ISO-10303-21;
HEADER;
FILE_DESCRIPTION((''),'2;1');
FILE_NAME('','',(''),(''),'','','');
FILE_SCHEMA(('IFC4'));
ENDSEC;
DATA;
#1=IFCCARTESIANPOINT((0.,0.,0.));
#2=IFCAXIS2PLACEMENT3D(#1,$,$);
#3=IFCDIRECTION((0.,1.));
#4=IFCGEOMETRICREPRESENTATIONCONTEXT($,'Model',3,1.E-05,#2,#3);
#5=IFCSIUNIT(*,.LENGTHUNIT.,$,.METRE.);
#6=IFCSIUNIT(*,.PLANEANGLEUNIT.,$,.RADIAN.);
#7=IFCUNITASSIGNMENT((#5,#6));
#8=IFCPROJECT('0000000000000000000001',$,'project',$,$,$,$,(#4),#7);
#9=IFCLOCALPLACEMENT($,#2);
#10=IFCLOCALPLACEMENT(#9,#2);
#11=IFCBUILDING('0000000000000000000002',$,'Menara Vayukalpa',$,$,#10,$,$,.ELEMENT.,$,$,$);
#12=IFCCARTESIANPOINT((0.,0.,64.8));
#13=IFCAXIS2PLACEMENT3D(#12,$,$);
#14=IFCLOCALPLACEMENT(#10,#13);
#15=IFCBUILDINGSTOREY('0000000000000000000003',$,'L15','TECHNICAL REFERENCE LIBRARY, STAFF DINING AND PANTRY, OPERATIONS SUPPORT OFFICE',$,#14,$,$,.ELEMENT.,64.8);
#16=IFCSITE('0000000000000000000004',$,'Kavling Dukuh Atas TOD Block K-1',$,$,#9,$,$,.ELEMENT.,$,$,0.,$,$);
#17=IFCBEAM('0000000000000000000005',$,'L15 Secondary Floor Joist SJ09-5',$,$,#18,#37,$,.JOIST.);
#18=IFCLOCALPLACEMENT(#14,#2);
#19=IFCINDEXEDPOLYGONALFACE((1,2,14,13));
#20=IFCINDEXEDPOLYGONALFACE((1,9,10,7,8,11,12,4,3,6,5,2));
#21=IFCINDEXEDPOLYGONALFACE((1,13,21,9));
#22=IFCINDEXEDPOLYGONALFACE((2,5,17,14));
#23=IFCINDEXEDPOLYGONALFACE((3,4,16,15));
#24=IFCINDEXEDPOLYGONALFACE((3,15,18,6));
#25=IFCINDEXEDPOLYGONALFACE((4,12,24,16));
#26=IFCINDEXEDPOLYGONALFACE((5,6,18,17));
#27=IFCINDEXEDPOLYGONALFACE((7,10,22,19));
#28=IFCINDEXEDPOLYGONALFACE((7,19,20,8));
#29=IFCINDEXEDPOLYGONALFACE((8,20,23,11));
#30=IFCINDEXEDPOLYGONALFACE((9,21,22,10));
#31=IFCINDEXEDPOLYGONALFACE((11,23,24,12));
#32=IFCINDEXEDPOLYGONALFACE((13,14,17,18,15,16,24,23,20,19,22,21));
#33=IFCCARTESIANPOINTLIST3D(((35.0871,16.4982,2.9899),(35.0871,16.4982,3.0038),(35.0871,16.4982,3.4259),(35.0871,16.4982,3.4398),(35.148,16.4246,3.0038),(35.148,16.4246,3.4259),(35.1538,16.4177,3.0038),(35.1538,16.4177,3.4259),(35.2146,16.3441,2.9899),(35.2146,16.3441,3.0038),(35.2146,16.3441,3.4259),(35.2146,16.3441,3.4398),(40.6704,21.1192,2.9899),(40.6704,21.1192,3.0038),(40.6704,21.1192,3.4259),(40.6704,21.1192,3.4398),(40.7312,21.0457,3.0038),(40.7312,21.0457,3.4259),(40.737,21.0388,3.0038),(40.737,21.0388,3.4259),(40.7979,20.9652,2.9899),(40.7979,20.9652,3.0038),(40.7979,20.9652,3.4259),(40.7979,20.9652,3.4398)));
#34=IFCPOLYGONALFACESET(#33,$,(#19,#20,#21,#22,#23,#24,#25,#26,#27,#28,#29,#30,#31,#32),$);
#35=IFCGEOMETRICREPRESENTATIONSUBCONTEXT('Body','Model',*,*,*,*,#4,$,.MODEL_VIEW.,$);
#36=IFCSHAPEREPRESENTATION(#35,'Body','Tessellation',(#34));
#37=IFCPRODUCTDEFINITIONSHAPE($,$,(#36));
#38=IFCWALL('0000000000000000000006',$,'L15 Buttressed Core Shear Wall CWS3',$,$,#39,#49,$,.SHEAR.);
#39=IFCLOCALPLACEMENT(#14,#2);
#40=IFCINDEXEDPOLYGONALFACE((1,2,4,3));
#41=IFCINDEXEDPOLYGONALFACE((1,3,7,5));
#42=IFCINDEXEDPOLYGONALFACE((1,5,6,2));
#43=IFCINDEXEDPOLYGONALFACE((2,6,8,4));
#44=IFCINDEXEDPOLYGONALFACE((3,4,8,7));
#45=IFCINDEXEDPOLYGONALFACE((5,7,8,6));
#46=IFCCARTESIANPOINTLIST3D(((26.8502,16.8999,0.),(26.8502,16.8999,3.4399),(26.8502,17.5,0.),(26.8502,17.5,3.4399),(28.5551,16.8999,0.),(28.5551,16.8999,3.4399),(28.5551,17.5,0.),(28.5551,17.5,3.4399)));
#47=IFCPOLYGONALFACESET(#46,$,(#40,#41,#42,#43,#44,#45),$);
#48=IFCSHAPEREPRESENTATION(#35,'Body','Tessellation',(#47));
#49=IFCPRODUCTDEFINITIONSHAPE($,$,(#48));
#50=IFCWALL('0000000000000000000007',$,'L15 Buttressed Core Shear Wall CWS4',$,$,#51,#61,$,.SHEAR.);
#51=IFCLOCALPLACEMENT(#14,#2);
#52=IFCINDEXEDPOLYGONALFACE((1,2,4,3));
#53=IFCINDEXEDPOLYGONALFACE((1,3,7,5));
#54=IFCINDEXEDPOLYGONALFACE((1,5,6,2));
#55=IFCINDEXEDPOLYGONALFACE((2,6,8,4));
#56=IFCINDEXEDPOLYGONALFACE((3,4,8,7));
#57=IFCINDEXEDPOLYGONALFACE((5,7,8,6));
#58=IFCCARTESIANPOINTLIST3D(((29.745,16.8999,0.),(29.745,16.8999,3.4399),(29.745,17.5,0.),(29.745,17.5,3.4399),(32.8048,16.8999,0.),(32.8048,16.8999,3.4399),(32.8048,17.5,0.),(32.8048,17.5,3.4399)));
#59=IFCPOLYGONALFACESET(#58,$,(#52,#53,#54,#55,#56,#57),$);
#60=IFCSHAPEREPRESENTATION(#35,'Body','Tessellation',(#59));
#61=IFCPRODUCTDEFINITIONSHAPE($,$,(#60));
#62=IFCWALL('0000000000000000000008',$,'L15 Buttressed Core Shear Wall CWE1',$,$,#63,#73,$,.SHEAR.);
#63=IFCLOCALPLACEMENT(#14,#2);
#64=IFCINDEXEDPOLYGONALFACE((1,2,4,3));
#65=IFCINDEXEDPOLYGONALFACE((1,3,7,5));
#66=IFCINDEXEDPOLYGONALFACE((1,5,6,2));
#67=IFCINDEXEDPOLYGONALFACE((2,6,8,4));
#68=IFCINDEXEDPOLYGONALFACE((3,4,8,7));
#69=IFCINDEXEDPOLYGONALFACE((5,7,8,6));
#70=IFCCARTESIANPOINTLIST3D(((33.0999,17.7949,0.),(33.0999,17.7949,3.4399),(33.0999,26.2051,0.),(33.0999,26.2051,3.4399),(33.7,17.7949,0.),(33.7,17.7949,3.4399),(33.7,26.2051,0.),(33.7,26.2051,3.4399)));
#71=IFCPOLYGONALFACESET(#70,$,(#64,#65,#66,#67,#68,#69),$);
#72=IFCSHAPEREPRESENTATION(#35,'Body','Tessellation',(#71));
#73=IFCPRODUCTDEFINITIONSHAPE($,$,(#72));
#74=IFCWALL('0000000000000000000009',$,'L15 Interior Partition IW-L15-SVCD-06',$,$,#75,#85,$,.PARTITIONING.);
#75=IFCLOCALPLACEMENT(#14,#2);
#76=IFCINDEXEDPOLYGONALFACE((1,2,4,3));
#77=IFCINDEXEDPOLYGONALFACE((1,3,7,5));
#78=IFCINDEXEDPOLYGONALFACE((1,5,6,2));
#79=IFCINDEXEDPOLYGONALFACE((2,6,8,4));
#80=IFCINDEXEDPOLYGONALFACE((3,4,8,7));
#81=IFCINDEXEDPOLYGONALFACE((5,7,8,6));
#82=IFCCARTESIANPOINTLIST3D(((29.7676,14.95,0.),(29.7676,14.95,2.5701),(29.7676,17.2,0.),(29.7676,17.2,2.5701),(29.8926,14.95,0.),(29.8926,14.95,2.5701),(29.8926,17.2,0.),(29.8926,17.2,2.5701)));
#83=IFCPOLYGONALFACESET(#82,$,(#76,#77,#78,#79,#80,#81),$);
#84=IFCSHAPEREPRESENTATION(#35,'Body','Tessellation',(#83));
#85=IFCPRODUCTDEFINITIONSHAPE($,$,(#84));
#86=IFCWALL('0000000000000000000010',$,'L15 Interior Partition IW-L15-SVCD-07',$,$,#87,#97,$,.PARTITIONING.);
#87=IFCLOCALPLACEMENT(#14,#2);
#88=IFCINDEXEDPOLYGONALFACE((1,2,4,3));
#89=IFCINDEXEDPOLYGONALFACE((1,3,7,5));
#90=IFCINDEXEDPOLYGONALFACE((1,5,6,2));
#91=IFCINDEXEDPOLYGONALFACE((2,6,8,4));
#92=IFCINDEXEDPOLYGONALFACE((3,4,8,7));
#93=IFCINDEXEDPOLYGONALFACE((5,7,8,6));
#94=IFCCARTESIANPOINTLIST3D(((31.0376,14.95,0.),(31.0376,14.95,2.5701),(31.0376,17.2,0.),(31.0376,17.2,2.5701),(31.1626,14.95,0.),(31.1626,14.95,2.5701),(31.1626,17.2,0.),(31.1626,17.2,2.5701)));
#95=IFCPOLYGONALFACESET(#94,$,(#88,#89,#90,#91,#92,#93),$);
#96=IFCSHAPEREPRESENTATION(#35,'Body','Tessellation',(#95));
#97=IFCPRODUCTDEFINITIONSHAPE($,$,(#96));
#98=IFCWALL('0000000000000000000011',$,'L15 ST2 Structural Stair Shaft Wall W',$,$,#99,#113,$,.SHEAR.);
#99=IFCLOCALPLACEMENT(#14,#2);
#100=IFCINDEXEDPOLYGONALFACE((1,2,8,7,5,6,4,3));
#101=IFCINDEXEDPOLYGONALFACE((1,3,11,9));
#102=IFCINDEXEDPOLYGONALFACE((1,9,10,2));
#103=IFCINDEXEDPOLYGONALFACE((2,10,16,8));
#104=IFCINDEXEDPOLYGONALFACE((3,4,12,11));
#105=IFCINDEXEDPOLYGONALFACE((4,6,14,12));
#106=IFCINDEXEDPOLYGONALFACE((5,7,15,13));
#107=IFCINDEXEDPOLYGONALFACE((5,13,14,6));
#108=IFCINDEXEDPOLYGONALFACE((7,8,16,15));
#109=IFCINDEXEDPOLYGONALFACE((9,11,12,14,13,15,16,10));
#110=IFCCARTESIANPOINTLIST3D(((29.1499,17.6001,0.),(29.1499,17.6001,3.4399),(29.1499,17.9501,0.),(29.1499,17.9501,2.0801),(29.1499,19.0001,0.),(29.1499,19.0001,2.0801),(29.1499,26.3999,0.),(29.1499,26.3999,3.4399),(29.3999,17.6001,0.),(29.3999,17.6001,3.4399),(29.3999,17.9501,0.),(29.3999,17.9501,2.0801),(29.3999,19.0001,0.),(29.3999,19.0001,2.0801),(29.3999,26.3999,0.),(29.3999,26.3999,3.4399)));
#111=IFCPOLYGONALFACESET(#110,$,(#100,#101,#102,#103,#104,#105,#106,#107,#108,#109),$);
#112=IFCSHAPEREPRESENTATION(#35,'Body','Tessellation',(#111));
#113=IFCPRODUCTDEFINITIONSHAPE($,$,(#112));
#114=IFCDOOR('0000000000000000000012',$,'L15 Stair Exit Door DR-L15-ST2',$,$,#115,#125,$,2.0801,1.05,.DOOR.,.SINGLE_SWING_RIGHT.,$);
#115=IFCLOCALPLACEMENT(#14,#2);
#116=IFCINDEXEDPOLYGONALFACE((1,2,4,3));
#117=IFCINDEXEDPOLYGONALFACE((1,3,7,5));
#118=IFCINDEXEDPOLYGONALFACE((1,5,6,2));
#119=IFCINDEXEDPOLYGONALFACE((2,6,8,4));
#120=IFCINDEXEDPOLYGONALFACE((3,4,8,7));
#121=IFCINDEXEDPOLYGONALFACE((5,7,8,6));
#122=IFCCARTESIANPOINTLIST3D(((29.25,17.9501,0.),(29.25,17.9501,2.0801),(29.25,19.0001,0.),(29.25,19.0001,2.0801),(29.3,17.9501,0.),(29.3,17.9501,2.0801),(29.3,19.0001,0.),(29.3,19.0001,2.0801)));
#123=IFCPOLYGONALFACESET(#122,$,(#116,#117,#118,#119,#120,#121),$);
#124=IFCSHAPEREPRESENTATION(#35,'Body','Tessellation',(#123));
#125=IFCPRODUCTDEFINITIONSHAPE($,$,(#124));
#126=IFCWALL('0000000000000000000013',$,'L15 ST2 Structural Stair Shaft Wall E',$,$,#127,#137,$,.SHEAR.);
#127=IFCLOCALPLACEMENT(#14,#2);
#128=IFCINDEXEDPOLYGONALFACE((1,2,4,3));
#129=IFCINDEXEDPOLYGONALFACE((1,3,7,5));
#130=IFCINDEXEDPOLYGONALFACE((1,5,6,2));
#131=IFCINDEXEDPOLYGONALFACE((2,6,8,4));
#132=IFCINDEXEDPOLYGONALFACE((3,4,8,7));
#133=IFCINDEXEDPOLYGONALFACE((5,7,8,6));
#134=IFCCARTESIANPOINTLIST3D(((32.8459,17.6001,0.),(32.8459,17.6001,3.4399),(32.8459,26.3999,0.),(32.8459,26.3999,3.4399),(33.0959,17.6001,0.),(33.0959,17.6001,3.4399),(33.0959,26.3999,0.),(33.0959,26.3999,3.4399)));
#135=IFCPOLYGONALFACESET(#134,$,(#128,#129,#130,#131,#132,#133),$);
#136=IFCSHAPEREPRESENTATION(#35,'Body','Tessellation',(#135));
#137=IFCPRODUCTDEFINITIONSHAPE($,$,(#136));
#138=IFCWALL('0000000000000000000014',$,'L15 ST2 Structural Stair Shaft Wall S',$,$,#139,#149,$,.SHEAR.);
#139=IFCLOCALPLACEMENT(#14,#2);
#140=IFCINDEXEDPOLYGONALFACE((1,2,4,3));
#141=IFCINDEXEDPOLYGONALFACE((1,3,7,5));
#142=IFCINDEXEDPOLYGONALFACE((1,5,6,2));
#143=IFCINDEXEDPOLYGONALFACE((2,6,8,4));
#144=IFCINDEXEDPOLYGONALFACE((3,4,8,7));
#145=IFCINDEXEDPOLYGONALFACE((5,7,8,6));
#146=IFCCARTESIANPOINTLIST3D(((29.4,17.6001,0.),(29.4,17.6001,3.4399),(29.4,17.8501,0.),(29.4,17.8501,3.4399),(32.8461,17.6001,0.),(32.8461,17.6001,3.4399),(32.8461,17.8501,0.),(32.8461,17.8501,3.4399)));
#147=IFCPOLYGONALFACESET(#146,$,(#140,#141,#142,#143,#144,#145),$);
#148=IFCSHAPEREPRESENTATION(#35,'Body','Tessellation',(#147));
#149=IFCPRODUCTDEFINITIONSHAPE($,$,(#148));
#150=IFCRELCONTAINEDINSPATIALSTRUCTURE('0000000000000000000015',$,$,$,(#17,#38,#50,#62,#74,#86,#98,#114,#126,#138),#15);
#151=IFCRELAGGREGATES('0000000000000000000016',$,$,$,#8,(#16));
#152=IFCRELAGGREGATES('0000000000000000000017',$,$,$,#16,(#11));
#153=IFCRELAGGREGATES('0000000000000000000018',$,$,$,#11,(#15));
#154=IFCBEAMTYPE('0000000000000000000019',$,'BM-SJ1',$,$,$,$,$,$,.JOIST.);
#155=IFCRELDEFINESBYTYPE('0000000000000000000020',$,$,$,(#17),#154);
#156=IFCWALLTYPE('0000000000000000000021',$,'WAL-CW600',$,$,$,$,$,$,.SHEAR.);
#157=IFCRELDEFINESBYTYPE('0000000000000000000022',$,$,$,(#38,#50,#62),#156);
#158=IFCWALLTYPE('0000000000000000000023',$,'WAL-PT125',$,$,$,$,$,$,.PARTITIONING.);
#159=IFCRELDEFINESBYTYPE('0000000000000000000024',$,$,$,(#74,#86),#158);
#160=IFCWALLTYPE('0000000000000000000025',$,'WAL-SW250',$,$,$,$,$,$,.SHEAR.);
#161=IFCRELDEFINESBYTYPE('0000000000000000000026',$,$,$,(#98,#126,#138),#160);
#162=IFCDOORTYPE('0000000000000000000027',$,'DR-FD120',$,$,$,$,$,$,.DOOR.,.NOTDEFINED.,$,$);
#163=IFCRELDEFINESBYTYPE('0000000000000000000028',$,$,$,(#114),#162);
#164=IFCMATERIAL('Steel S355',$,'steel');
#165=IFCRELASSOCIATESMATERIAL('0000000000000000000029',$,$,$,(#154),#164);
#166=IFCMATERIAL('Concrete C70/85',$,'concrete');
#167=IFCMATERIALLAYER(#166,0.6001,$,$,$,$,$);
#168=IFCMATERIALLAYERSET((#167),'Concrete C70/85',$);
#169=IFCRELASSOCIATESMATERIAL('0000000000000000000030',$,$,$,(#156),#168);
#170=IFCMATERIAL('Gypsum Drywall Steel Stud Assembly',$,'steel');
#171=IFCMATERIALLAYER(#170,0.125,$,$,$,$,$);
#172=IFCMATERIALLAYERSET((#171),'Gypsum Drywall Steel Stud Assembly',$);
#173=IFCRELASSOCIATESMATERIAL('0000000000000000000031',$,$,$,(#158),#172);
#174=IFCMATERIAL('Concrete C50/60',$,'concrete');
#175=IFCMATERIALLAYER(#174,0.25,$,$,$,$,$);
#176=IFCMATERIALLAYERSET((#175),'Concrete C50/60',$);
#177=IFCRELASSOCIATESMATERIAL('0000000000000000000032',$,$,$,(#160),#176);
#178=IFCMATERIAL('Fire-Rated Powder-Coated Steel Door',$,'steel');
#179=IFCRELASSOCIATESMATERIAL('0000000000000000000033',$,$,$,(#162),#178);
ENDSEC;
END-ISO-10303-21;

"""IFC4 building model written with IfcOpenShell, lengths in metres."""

from ifc_helpers import new_model, si_unit, direction, frame, frame_2d, origin, origin_2d, place, context, subcontext, project, spatial, rectangle, i_section, extrude, material, layer, layer_set, material_profile, profile_set, type_object, element, fill, save


model = new_model("IFC4")

# Units and contexts
model_context = context("Model", 3, precision=1e-05, world=origin(), true_north=direction((0.0, 1.0)))
body_context = subcontext(model_context, "Body", "Model", "MODEL_VIEW")
ifc_project = project(units=[si_unit("LENGTHUNIT", "METRE"), si_unit("PLANEANGLEUNIT", "RADIAN")], contexts=[model_context])

# Site, building, storey
site_placement = place(None, origin())
site = spatial("IfcSite", under=ifc_project, at=site_placement, Name="Kavling Dukuh Atas TOD Block K-1", CompositionType="ELEMENT", RefElevation=0.0)
building_placement = place(site_placement, origin())
building = spatial("IfcBuilding", under=site, at=building_placement, Name="Menara Vayukalpa", CompositionType="ELEMENT")
storey_placement = place(building_placement, frame((0.0, 0.0, 64.8)))
storey = spatial("IfcBuildingStorey", under=building, at=storey_placement, Name="L15", Description="TECHNICAL REFERENCE LIBRARY, STAFF DINING AND PANTRY, OPERATIONS SUPPORT OFFICE", CompositionType="ELEMENT", Elevation=64.8)

# Beam
ifc_material_1 = material(Name="Steel S355", Category="steel")
ifc_material_profile_1 = material_profile(ifc_material_1, i_section(OverallWidth=0.2, OverallDepth=0.45, WebThickness=0.009, FlangeThickness=0.0139, at=origin_2d()), Name="WF 450x200x9x14")
ifc_profile_set_1 = profile_set([ifc_material_profile_1], Name="Steel S355")
beam_type_1 = type_object("IfcBeamType", Name="BM-SJ1", PredefinedType="JOIST", material=ifc_profile_set_1)
beam_1_placement = place(storey_placement, frame((35.1509, 16.4211, 3.2148), z_axis=(0.770362, 0.637606, 0.0), x_axis=(-0.637606, 0.770362, 0.0)))
element("IfcBeam", 1, at=beam_1_placement, inside=storey, type_object=beam_type_1, Name="L15 Secondary Floor Joist SJ09-5", PredefinedType="JOIST", context=body_context, shape_type="SweptSolid", body=[
    extrude(i_section(OverallWidth=0.2, OverallDepth=0.45, WebThickness=0.009, FlangeThickness=0.0139, at=origin_2d()), origin(), (0.0, 0.0, 1.0), 7.2476),
])

# Walls
ifc_material_2 = material(Name="Concrete C70/85", Category="concrete")
ifc_layer_1 = layer(ifc_material_2, 0.6001)
ifc_layer_set_1 = layer_set([ifc_layer_1], Name="Concrete C70/85")
wall_type_1 = type_object("IfcWallType", Name="WAL-CW600", PredefinedType="SHEAR", material=ifc_layer_set_1)
wall_1_placement = place(storey_placement, frame((26.8501, 17.2, 0.0), z_axis=(0.0, 0.0, 1.0), x_axis=(1.0, 0.0, 0.0)))
element("IfcWall", 2, at=wall_1_placement, inside=storey, type_object=wall_type_1, Name="L15 Buttressed Core Shear Wall CWS3", PredefinedType="SHEAR", context=body_context, shape_type="SweptSolid", body=[
    extrude(rectangle(XDim=1.7048, YDim=0.6001, at=frame_2d((0.8525, 0.0))), origin(), (0.0, 0.0, 1.0), 3.4399),
])
wall_2_placement = place(storey_placement, frame((29.7451, 17.2, 0.0), z_axis=(0.0, 0.0, 1.0), x_axis=(1.0, 0.0, 0.0)))
element("IfcWall", 3, at=wall_2_placement, inside=storey, type_object=wall_type_1, Name="L15 Buttressed Core Shear Wall CWS4", PredefinedType="SHEAR", context=body_context, shape_type="SweptSolid", body=[
    extrude(rectangle(XDim=3.0598, YDim=0.6001, at=frame_2d((1.5298, 0.0))), origin(), (0.0, 0.0, 1.0), 3.4399),
])
wall_3_placement = place(storey_placement, frame((33.3999, 17.7949, 0.0), z_axis=(0.0, 0.0, 1.0), x_axis=(0.0, 1.0, 0.0)))
element("IfcWall", 4, at=wall_3_placement, inside=storey, type_object=wall_type_1, Name="L15 Buttressed Core Shear Wall CWE1", PredefinedType="SHEAR", context=body_context, shape_type="SweptSolid", body=[
    extrude(rectangle(XDim=8.4102, YDim=0.6001, at=frame_2d((4.2051, 0.0))), origin(), (0.0, 0.0, 1.0), 3.4399),
])
ifc_material_3 = material(Name="Gypsum Drywall Steel Stud Assembly", Category="steel")
ifc_layer_2 = layer(ifc_material_3, 0.125)
ifc_layer_set_2 = layer_set([ifc_layer_2], Name="Gypsum Drywall Steel Stud Assembly")
wall_type_2 = type_object("IfcWallType", Name="WAL-PT125", PredefinedType="PARTITIONING", material=ifc_layer_set_2)
for number, where, z_axis, x_axis, name in (
    (5, (29.8301, 14.95, 0.0), (0.0, 0.0, 1.0), (0.0, 1.0, 0.0), "L15 Interior Partition IW-L15-SVCD-06"),
    (6, (31.1001, 14.95, 0.0), (0.0, 0.0, 1.0), (0.0, 1.0, 0.0), "L15 Interior Partition IW-L15-SVCD-07"),
):
    element("IfcWall", number, at=place(storey_placement, frame(where, z_axis=z_axis, x_axis=x_axis)), inside=storey, type_object=wall_type_2, Name=name, PredefinedType="PARTITIONING", context=body_context, shape_type="SweptSolid", body=[
        extrude(rectangle(XDim=2.25, YDim=0.125, at=frame_2d((1.125, 0.0))), origin(), (0.0, 0.0, 1.0), 2.5701),
    ])

# Wall, opening, door
ifc_material_4 = material(Name="Concrete C50/60", Category="concrete")
ifc_layer_3 = layer(ifc_material_4, 0.25)
ifc_layer_set_3 = layer_set([ifc_layer_3], Name="Concrete C50/60")
wall_type_3 = type_object("IfcWallType", Name="WAL-SW250", PredefinedType="SHEAR", material=ifc_layer_set_3)
wall_4_placement = place(storey_placement, frame((29.2749, 17.6001, 0.0), z_axis=(0.0, 0.0, 1.0), x_axis=(0.0, 1.0, 0.0)))
wall_4 = element("IfcWall", 7, at=wall_4_placement, inside=storey, type_object=wall_type_3, Name="L15 ST2 Structural Stair Shaft Wall W", PredefinedType="SHEAR", context=body_context, shape_type="SweptSolid", body=[
    extrude(rectangle(XDim=8.7998, YDim=0.25, at=frame_2d((4.3999, 0.0))), origin(), (0.0, 0.0, 1.0), 3.4399),
])
opening_placement = place(wall_4_placement, frame((0.3501, 0.0, 0.0)))
opening = element("IfcOpeningElement", 8, at=opening_placement, cuts=wall_4, PredefinedType="OPENING", context=body_context, shape_type="SweptSolid", body=[
    extrude(rectangle(XDim=1.05, YDim=2.0801, at=frame_2d((0.5249, 1.04))), frame((0.0, 0.135, 0.0), z_axis=(0.0, -1.0, 0.0), x_axis=(1.0, 0.0, 0.0)), (0.0, 0.0, 1.0), 0.27),
])
ifc_material_5 = material(Name="Fire-Rated Powder-Coated Steel Door", Category="steel")
door_type = type_object("IfcDoorType", Name="DR-FD120", OperationType="NOTDEFINED", PredefinedType="DOOR", material=ifc_material_5)
door_placement = place(opening_placement, origin())
door = element("IfcDoor", 9, at=door_placement, inside=storey, type_object=door_type, Name="L15 Stair Exit Door DR-L15-ST2", OperationType="SINGLE_SWING_RIGHT", OverallHeight=2.0801, OverallWidth=1.05, PredefinedType="DOOR", context=body_context, shape_type="SweptSolid", body=[
    extrude(rectangle(XDim=1.05, YDim=2.0801, at=frame_2d((0.5249, 1.04))), frame((0.0, 0.0249, 0.0), z_axis=(0.0, -1.0, 0.0), x_axis=(1.0, 0.0, 0.0)), (0.0, 0.0, 1.0), 0.05),
])
fill(opening, door)

# Walls
wall_5_placement = place(storey_placement, frame((32.9709, 17.6001, 0.0), z_axis=(0.0, 0.0, 1.0), x_axis=(0.0, 1.0, 0.0)))
element("IfcWall", 10, at=wall_5_placement, inside=storey, type_object=wall_type_3, Name="L15 ST2 Structural Stair Shaft Wall E", PredefinedType="SHEAR", context=body_context, shape_type="SweptSolid", body=[
    extrude(rectangle(XDim=8.7998, YDim=0.25, at=frame_2d((4.3999, 0.0))), origin(), (0.0, 0.0, 1.0), 3.4399),
])
wall_6_placement = place(storey_placement, frame((29.3999, 17.7251, 0.0), z_axis=(0.0, 0.0, 1.0), x_axis=(1.0, 0.0, 0.0)))
element("IfcWall", 11, at=wall_6_placement, inside=storey, type_object=wall_type_3, Name="L15 ST2 Structural Stair Shaft Wall S", PredefinedType="SHEAR", context=body_context, shape_type="SweptSolid", body=[
    extrude(rectangle(XDim=3.446, YDim=0.25, at=frame_2d((1.7231, 0.0))), origin(), (0.0, 0.0, 1.0), 3.4399),
])

save(model, "model.ifc")
